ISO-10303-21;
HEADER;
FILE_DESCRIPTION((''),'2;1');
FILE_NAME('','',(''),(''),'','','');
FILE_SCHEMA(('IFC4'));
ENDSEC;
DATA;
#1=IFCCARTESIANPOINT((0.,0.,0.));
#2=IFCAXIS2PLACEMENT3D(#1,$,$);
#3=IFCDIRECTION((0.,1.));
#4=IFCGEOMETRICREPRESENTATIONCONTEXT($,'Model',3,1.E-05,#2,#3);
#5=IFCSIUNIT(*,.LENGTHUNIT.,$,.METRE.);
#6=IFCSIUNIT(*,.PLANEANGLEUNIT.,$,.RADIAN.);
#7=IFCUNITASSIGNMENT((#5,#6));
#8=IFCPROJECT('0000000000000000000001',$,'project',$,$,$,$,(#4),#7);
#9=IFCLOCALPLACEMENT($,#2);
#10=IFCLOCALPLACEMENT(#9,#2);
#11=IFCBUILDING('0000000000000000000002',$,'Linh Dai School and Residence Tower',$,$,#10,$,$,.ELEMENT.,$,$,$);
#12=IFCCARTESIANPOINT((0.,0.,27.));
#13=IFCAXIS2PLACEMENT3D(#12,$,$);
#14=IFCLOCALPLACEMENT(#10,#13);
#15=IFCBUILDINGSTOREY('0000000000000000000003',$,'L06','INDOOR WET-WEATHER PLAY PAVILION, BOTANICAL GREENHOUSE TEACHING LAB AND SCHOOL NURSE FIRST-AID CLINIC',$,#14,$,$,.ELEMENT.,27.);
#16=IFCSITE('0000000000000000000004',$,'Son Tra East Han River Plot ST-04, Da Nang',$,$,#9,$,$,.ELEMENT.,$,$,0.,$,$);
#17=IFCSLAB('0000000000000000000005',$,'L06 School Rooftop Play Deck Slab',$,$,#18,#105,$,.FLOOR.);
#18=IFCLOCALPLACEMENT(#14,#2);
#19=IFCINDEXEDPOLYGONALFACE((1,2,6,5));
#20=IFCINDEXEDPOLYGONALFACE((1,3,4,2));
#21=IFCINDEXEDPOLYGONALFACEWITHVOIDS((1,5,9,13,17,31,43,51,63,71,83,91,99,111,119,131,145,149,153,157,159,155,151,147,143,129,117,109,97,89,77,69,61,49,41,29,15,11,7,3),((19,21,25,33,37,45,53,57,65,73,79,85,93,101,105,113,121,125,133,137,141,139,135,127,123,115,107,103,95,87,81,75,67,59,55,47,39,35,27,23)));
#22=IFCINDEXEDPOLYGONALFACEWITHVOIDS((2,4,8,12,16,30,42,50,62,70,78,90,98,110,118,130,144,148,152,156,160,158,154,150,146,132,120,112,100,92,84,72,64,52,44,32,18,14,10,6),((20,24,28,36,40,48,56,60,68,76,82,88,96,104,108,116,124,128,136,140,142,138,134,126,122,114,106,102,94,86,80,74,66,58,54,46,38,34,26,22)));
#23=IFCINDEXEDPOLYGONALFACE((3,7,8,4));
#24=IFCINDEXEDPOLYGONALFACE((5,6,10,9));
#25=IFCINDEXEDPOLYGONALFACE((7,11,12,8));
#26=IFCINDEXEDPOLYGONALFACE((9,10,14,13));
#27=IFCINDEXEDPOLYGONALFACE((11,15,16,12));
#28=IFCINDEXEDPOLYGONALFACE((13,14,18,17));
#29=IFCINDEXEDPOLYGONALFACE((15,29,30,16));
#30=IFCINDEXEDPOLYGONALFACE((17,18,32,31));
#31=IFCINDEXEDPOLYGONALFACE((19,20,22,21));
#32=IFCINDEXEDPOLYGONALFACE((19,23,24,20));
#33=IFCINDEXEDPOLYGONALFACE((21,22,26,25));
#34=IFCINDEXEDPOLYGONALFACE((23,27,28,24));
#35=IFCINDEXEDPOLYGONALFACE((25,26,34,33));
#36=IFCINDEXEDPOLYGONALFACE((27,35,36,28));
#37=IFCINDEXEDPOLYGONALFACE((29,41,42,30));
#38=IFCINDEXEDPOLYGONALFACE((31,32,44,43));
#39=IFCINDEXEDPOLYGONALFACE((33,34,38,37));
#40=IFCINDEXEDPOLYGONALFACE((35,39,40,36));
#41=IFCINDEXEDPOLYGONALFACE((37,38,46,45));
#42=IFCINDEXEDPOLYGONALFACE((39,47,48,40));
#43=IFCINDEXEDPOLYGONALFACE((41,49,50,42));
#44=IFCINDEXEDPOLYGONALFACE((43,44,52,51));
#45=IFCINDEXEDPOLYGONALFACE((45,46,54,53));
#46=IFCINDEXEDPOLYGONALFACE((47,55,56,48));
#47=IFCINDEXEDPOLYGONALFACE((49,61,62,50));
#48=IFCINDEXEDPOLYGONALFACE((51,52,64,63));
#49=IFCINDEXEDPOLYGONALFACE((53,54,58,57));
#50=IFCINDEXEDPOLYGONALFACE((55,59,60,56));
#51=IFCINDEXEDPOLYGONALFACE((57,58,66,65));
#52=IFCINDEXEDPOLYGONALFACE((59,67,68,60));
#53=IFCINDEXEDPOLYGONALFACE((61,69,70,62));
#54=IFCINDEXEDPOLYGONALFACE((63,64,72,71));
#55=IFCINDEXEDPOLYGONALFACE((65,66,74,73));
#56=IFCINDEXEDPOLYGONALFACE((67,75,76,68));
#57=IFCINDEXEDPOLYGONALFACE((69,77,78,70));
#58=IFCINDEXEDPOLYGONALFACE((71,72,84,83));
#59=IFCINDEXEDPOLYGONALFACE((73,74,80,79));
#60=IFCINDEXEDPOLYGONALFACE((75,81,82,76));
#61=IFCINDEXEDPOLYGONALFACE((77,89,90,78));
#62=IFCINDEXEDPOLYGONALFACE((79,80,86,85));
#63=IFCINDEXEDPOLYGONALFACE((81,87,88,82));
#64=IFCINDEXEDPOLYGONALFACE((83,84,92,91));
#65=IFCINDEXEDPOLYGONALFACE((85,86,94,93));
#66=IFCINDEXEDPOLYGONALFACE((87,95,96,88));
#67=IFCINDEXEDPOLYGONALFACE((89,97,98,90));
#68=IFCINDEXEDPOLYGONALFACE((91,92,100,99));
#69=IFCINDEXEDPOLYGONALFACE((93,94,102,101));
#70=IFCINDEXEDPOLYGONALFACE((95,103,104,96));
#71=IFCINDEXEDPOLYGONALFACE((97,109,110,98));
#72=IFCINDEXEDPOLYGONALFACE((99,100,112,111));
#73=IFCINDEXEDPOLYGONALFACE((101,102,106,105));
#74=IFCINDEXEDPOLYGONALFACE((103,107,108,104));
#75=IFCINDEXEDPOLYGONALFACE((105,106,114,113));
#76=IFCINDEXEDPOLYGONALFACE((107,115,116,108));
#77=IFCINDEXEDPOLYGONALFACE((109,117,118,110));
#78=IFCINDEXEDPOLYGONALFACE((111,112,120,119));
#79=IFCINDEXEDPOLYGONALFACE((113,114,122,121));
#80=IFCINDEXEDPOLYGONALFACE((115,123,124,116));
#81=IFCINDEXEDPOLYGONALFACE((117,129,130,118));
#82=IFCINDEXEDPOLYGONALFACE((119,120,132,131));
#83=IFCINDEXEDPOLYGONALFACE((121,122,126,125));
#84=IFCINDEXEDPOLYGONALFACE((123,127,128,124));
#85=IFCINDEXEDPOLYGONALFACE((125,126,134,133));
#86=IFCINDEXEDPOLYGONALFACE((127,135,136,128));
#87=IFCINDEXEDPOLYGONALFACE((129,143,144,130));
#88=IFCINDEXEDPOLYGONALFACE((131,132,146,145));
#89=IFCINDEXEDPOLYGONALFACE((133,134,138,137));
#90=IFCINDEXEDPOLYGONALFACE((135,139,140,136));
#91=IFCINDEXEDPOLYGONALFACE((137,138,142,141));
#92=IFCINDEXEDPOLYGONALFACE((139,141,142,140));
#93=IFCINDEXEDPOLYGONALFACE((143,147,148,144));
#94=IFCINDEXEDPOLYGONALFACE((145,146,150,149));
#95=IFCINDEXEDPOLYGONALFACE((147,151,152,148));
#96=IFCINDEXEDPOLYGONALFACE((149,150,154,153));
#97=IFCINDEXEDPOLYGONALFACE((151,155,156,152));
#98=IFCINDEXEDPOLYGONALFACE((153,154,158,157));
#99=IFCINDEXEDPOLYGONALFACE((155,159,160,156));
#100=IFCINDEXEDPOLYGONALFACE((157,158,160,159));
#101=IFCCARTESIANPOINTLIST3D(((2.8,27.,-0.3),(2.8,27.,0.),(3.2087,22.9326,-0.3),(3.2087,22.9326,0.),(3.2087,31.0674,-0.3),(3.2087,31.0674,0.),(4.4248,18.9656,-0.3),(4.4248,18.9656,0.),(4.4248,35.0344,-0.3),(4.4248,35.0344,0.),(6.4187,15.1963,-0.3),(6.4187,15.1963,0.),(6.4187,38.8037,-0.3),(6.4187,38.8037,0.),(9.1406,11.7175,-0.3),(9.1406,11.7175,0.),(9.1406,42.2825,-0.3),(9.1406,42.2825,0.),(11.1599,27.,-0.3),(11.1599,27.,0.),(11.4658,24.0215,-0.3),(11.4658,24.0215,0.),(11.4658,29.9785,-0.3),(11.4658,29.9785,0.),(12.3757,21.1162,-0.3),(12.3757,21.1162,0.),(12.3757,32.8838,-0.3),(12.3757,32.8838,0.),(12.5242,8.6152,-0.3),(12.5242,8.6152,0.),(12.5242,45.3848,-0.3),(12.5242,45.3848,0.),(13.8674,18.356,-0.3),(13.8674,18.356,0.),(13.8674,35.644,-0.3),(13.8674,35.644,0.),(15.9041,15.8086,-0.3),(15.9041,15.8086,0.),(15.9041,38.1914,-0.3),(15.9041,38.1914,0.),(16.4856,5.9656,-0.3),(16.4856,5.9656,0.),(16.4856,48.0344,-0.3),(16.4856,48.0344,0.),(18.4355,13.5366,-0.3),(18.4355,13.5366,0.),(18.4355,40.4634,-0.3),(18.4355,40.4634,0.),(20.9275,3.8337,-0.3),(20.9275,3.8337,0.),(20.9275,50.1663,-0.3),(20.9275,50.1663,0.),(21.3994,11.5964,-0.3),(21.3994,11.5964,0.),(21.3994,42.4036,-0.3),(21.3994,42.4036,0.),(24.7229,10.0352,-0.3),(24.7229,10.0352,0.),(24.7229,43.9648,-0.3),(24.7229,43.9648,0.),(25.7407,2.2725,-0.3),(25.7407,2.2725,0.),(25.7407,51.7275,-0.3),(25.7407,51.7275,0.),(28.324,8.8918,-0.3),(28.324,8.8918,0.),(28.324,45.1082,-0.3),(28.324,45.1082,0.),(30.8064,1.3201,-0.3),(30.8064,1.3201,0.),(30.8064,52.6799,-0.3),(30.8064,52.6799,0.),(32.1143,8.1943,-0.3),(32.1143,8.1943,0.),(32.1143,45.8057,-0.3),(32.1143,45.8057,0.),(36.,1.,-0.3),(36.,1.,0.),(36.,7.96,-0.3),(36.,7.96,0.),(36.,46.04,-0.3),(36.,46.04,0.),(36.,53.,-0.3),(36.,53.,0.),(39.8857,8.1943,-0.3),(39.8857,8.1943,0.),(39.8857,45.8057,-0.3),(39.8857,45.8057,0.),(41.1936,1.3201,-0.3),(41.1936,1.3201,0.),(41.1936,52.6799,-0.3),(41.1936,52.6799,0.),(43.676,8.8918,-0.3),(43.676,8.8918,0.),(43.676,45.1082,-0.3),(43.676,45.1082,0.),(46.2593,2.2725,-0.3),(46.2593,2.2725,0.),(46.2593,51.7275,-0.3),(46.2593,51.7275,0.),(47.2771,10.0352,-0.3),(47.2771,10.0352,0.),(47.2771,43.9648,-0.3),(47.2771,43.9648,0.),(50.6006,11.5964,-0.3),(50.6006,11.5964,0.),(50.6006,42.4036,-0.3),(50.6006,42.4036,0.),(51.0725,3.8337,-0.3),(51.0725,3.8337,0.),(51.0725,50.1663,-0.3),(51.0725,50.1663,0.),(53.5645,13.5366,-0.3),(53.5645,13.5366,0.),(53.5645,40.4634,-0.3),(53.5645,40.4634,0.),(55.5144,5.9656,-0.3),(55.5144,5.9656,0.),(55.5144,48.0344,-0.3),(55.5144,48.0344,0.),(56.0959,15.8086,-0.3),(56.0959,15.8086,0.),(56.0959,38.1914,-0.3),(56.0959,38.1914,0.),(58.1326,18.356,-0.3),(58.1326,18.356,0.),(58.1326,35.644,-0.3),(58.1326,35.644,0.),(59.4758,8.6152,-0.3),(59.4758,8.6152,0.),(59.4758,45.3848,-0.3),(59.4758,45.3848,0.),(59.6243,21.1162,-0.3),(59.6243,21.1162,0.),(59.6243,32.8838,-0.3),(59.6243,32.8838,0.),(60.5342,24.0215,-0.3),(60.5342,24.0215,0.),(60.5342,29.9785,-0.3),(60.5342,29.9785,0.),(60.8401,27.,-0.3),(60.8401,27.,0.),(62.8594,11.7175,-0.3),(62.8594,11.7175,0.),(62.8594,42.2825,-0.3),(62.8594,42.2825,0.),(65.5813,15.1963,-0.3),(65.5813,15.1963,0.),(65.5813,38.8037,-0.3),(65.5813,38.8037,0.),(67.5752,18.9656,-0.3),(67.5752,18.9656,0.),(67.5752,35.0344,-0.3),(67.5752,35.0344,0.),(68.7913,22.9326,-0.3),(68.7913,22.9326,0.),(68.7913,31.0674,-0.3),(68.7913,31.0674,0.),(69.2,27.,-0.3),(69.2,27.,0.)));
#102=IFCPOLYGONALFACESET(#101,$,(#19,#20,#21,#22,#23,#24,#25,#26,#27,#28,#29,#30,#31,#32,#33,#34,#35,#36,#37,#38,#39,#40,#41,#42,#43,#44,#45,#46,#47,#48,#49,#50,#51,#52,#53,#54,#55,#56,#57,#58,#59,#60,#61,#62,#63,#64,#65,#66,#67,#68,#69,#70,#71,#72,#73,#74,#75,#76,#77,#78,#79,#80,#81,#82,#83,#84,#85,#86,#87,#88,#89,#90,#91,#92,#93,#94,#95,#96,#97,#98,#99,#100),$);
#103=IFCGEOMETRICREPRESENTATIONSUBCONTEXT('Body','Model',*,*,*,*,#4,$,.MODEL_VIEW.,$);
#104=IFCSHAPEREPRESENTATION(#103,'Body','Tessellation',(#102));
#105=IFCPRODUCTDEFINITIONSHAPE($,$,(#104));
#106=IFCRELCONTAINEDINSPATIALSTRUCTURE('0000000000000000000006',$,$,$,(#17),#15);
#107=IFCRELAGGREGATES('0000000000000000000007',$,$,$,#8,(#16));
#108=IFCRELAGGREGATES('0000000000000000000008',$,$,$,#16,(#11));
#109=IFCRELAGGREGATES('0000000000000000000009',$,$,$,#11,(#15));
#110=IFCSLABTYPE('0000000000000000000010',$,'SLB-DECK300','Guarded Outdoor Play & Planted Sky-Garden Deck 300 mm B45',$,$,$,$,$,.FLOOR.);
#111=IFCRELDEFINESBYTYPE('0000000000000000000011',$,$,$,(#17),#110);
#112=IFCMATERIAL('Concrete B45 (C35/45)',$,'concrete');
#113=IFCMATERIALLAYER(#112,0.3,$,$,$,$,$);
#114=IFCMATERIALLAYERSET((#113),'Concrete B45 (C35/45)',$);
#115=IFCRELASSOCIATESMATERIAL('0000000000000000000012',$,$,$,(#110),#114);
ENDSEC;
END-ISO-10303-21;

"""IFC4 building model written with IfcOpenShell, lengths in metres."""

from ifc_helpers import new_model, si_unit, direction, frame, origin, place, context, subcontext, project, spatial, polyline, outline, extrude, material, layer, layer_set, type_object, element, save


model = new_model("IFC4")

# Units and contexts
model_context = context("Model", 3, precision=1e-05, world=origin(), true_north=direction((0.0, 1.0)))
body_context = subcontext(model_context, "Body", "Model", "MODEL_VIEW")
ifc_project = project(units=[si_unit("LENGTHUNIT", "METRE"), si_unit("PLANEANGLEUNIT", "RADIAN")], contexts=[model_context])

# Site, building, storey
site_placement = place(None, origin())
site = spatial("IfcSite", under=ifc_project, at=site_placement, Name="Son Tra East Han River Plot ST-04, Da Nang", CompositionType="ELEMENT", RefElevation=0.0)
building_placement = place(site_placement, origin())
building = spatial("IfcBuilding", under=site, at=building_placement, Name="Linh Dai School and Residence Tower", CompositionType="ELEMENT")
storey_placement = place(building_placement, frame((0.0, 0.0, 27.0)))
storey = spatial("IfcBuildingStorey", under=building, at=storey_placement, Name="L06", Description="INDOOR WET-WEATHER PLAY PAVILION, BOTANICAL GREENHOUSE TEACHING LAB AND SCHOOL NURSE FIRST-AID CLINIC", CompositionType="ELEMENT", Elevation=27.0)

# Slab
ifc_material_1 = material(Name="Concrete B45 (C35/45)", Category="concrete")
ifc_layer_1 = layer(ifc_material_1, 0.3)
ifc_layer_set_1 = layer_set([ifc_layer_1], Name="Concrete B45 (C35/45)")
slab_type_1 = type_object("IfcSlabType", Name="SLB-DECK300", Description="Guarded Outdoor Play & Planted Sky-Garden Deck 300 mm B45", PredefinedType="FLOOR", material=ifc_layer_set_1)
slab_1_placement = place(storey_placement, frame((0.0, 0.0, -0.3)))
element("IfcSlab", 1, at=slab_1_placement, inside=storey, type_object=slab_type_1, Name="L06 School Rooftop Play Deck Slab", PredefinedType="FLOOR", context=body_context, shape_type="SweptSolid", body=[
    extrude(outline(polyline([(69.2, 27.0), (68.7913, 31.0674), (67.5752, 35.0344), (65.5813, 38.8037), (62.8594, 42.2825), (59.4758, 45.3848), (55.5144, 48.0344), (51.0725, 50.1663), (46.2593, 51.7275), (41.1936, 52.6799), (36.0, 53.0), (30.8064, 52.6799), (25.7407, 51.7275), (20.9275, 50.1663), (16.4856, 48.0344), (12.5242, 45.3848), (9.1406, 42.2825), (6.4187, 38.8037), (4.4248, 35.0344), (3.2087, 31.0674), (2.8, 27.0), (3.2087, 22.9326), (4.4248, 18.9656), (6.4187, 15.1963), (9.1406, 11.7175), (12.5242, 8.6152), (16.4856, 5.9656), (20.9275, 3.8337), (25.7407, 2.2725), (30.8064, 1.3201), (36.0, 1.0), (41.1936, 1.3201), (46.2593, 2.2725), (51.0725, 3.8337), (55.5144, 5.9656), (59.4758, 8.6152), (62.8594, 11.7175), (65.5813, 15.1963), (67.5752, 18.9656), (68.7913, 22.9326), (69.2, 27.0)]), holes=[polyline([(60.8401, 27.0), (60.5342, 29.9785), (59.6243, 32.8838), (58.1326, 35.644), (56.0959, 38.1914), (53.5645, 40.4634), (50.6006, 42.4036), (47.2771, 43.9648), (43.676, 45.1082), (39.8857, 45.8057), (36.0, 46.04), (32.1143, 45.8057), (28.324, 45.1082), (24.7229, 43.9648), (21.3994, 42.4036), (18.4355, 40.4634), (15.9041, 38.1914), (13.8674, 35.644), (12.3757, 32.8838), (11.4658, 29.9785), (11.1599, 27.0), (11.4658, 24.0215), (12.3757, 21.1162), (13.8674, 18.356), (15.9041, 15.8086), (18.4355, 13.5366), (21.3994, 11.5964), (24.7229, 10.0352), (28.324, 8.8918), (32.1143, 8.1943), (36.0, 7.96), (39.8857, 8.1943), (43.676, 8.8918), (47.2771, 10.0352), (50.6006, 11.5964), (53.5645, 13.5366), (56.0959, 15.8086), (58.1326, 18.356), (59.6243, 21.1162), (60.5342, 24.0215), (60.8401, 27.0)])]), origin(), (0.0, 0.0, 1.0), 0.3),
])

save(model, "model.ifc")
